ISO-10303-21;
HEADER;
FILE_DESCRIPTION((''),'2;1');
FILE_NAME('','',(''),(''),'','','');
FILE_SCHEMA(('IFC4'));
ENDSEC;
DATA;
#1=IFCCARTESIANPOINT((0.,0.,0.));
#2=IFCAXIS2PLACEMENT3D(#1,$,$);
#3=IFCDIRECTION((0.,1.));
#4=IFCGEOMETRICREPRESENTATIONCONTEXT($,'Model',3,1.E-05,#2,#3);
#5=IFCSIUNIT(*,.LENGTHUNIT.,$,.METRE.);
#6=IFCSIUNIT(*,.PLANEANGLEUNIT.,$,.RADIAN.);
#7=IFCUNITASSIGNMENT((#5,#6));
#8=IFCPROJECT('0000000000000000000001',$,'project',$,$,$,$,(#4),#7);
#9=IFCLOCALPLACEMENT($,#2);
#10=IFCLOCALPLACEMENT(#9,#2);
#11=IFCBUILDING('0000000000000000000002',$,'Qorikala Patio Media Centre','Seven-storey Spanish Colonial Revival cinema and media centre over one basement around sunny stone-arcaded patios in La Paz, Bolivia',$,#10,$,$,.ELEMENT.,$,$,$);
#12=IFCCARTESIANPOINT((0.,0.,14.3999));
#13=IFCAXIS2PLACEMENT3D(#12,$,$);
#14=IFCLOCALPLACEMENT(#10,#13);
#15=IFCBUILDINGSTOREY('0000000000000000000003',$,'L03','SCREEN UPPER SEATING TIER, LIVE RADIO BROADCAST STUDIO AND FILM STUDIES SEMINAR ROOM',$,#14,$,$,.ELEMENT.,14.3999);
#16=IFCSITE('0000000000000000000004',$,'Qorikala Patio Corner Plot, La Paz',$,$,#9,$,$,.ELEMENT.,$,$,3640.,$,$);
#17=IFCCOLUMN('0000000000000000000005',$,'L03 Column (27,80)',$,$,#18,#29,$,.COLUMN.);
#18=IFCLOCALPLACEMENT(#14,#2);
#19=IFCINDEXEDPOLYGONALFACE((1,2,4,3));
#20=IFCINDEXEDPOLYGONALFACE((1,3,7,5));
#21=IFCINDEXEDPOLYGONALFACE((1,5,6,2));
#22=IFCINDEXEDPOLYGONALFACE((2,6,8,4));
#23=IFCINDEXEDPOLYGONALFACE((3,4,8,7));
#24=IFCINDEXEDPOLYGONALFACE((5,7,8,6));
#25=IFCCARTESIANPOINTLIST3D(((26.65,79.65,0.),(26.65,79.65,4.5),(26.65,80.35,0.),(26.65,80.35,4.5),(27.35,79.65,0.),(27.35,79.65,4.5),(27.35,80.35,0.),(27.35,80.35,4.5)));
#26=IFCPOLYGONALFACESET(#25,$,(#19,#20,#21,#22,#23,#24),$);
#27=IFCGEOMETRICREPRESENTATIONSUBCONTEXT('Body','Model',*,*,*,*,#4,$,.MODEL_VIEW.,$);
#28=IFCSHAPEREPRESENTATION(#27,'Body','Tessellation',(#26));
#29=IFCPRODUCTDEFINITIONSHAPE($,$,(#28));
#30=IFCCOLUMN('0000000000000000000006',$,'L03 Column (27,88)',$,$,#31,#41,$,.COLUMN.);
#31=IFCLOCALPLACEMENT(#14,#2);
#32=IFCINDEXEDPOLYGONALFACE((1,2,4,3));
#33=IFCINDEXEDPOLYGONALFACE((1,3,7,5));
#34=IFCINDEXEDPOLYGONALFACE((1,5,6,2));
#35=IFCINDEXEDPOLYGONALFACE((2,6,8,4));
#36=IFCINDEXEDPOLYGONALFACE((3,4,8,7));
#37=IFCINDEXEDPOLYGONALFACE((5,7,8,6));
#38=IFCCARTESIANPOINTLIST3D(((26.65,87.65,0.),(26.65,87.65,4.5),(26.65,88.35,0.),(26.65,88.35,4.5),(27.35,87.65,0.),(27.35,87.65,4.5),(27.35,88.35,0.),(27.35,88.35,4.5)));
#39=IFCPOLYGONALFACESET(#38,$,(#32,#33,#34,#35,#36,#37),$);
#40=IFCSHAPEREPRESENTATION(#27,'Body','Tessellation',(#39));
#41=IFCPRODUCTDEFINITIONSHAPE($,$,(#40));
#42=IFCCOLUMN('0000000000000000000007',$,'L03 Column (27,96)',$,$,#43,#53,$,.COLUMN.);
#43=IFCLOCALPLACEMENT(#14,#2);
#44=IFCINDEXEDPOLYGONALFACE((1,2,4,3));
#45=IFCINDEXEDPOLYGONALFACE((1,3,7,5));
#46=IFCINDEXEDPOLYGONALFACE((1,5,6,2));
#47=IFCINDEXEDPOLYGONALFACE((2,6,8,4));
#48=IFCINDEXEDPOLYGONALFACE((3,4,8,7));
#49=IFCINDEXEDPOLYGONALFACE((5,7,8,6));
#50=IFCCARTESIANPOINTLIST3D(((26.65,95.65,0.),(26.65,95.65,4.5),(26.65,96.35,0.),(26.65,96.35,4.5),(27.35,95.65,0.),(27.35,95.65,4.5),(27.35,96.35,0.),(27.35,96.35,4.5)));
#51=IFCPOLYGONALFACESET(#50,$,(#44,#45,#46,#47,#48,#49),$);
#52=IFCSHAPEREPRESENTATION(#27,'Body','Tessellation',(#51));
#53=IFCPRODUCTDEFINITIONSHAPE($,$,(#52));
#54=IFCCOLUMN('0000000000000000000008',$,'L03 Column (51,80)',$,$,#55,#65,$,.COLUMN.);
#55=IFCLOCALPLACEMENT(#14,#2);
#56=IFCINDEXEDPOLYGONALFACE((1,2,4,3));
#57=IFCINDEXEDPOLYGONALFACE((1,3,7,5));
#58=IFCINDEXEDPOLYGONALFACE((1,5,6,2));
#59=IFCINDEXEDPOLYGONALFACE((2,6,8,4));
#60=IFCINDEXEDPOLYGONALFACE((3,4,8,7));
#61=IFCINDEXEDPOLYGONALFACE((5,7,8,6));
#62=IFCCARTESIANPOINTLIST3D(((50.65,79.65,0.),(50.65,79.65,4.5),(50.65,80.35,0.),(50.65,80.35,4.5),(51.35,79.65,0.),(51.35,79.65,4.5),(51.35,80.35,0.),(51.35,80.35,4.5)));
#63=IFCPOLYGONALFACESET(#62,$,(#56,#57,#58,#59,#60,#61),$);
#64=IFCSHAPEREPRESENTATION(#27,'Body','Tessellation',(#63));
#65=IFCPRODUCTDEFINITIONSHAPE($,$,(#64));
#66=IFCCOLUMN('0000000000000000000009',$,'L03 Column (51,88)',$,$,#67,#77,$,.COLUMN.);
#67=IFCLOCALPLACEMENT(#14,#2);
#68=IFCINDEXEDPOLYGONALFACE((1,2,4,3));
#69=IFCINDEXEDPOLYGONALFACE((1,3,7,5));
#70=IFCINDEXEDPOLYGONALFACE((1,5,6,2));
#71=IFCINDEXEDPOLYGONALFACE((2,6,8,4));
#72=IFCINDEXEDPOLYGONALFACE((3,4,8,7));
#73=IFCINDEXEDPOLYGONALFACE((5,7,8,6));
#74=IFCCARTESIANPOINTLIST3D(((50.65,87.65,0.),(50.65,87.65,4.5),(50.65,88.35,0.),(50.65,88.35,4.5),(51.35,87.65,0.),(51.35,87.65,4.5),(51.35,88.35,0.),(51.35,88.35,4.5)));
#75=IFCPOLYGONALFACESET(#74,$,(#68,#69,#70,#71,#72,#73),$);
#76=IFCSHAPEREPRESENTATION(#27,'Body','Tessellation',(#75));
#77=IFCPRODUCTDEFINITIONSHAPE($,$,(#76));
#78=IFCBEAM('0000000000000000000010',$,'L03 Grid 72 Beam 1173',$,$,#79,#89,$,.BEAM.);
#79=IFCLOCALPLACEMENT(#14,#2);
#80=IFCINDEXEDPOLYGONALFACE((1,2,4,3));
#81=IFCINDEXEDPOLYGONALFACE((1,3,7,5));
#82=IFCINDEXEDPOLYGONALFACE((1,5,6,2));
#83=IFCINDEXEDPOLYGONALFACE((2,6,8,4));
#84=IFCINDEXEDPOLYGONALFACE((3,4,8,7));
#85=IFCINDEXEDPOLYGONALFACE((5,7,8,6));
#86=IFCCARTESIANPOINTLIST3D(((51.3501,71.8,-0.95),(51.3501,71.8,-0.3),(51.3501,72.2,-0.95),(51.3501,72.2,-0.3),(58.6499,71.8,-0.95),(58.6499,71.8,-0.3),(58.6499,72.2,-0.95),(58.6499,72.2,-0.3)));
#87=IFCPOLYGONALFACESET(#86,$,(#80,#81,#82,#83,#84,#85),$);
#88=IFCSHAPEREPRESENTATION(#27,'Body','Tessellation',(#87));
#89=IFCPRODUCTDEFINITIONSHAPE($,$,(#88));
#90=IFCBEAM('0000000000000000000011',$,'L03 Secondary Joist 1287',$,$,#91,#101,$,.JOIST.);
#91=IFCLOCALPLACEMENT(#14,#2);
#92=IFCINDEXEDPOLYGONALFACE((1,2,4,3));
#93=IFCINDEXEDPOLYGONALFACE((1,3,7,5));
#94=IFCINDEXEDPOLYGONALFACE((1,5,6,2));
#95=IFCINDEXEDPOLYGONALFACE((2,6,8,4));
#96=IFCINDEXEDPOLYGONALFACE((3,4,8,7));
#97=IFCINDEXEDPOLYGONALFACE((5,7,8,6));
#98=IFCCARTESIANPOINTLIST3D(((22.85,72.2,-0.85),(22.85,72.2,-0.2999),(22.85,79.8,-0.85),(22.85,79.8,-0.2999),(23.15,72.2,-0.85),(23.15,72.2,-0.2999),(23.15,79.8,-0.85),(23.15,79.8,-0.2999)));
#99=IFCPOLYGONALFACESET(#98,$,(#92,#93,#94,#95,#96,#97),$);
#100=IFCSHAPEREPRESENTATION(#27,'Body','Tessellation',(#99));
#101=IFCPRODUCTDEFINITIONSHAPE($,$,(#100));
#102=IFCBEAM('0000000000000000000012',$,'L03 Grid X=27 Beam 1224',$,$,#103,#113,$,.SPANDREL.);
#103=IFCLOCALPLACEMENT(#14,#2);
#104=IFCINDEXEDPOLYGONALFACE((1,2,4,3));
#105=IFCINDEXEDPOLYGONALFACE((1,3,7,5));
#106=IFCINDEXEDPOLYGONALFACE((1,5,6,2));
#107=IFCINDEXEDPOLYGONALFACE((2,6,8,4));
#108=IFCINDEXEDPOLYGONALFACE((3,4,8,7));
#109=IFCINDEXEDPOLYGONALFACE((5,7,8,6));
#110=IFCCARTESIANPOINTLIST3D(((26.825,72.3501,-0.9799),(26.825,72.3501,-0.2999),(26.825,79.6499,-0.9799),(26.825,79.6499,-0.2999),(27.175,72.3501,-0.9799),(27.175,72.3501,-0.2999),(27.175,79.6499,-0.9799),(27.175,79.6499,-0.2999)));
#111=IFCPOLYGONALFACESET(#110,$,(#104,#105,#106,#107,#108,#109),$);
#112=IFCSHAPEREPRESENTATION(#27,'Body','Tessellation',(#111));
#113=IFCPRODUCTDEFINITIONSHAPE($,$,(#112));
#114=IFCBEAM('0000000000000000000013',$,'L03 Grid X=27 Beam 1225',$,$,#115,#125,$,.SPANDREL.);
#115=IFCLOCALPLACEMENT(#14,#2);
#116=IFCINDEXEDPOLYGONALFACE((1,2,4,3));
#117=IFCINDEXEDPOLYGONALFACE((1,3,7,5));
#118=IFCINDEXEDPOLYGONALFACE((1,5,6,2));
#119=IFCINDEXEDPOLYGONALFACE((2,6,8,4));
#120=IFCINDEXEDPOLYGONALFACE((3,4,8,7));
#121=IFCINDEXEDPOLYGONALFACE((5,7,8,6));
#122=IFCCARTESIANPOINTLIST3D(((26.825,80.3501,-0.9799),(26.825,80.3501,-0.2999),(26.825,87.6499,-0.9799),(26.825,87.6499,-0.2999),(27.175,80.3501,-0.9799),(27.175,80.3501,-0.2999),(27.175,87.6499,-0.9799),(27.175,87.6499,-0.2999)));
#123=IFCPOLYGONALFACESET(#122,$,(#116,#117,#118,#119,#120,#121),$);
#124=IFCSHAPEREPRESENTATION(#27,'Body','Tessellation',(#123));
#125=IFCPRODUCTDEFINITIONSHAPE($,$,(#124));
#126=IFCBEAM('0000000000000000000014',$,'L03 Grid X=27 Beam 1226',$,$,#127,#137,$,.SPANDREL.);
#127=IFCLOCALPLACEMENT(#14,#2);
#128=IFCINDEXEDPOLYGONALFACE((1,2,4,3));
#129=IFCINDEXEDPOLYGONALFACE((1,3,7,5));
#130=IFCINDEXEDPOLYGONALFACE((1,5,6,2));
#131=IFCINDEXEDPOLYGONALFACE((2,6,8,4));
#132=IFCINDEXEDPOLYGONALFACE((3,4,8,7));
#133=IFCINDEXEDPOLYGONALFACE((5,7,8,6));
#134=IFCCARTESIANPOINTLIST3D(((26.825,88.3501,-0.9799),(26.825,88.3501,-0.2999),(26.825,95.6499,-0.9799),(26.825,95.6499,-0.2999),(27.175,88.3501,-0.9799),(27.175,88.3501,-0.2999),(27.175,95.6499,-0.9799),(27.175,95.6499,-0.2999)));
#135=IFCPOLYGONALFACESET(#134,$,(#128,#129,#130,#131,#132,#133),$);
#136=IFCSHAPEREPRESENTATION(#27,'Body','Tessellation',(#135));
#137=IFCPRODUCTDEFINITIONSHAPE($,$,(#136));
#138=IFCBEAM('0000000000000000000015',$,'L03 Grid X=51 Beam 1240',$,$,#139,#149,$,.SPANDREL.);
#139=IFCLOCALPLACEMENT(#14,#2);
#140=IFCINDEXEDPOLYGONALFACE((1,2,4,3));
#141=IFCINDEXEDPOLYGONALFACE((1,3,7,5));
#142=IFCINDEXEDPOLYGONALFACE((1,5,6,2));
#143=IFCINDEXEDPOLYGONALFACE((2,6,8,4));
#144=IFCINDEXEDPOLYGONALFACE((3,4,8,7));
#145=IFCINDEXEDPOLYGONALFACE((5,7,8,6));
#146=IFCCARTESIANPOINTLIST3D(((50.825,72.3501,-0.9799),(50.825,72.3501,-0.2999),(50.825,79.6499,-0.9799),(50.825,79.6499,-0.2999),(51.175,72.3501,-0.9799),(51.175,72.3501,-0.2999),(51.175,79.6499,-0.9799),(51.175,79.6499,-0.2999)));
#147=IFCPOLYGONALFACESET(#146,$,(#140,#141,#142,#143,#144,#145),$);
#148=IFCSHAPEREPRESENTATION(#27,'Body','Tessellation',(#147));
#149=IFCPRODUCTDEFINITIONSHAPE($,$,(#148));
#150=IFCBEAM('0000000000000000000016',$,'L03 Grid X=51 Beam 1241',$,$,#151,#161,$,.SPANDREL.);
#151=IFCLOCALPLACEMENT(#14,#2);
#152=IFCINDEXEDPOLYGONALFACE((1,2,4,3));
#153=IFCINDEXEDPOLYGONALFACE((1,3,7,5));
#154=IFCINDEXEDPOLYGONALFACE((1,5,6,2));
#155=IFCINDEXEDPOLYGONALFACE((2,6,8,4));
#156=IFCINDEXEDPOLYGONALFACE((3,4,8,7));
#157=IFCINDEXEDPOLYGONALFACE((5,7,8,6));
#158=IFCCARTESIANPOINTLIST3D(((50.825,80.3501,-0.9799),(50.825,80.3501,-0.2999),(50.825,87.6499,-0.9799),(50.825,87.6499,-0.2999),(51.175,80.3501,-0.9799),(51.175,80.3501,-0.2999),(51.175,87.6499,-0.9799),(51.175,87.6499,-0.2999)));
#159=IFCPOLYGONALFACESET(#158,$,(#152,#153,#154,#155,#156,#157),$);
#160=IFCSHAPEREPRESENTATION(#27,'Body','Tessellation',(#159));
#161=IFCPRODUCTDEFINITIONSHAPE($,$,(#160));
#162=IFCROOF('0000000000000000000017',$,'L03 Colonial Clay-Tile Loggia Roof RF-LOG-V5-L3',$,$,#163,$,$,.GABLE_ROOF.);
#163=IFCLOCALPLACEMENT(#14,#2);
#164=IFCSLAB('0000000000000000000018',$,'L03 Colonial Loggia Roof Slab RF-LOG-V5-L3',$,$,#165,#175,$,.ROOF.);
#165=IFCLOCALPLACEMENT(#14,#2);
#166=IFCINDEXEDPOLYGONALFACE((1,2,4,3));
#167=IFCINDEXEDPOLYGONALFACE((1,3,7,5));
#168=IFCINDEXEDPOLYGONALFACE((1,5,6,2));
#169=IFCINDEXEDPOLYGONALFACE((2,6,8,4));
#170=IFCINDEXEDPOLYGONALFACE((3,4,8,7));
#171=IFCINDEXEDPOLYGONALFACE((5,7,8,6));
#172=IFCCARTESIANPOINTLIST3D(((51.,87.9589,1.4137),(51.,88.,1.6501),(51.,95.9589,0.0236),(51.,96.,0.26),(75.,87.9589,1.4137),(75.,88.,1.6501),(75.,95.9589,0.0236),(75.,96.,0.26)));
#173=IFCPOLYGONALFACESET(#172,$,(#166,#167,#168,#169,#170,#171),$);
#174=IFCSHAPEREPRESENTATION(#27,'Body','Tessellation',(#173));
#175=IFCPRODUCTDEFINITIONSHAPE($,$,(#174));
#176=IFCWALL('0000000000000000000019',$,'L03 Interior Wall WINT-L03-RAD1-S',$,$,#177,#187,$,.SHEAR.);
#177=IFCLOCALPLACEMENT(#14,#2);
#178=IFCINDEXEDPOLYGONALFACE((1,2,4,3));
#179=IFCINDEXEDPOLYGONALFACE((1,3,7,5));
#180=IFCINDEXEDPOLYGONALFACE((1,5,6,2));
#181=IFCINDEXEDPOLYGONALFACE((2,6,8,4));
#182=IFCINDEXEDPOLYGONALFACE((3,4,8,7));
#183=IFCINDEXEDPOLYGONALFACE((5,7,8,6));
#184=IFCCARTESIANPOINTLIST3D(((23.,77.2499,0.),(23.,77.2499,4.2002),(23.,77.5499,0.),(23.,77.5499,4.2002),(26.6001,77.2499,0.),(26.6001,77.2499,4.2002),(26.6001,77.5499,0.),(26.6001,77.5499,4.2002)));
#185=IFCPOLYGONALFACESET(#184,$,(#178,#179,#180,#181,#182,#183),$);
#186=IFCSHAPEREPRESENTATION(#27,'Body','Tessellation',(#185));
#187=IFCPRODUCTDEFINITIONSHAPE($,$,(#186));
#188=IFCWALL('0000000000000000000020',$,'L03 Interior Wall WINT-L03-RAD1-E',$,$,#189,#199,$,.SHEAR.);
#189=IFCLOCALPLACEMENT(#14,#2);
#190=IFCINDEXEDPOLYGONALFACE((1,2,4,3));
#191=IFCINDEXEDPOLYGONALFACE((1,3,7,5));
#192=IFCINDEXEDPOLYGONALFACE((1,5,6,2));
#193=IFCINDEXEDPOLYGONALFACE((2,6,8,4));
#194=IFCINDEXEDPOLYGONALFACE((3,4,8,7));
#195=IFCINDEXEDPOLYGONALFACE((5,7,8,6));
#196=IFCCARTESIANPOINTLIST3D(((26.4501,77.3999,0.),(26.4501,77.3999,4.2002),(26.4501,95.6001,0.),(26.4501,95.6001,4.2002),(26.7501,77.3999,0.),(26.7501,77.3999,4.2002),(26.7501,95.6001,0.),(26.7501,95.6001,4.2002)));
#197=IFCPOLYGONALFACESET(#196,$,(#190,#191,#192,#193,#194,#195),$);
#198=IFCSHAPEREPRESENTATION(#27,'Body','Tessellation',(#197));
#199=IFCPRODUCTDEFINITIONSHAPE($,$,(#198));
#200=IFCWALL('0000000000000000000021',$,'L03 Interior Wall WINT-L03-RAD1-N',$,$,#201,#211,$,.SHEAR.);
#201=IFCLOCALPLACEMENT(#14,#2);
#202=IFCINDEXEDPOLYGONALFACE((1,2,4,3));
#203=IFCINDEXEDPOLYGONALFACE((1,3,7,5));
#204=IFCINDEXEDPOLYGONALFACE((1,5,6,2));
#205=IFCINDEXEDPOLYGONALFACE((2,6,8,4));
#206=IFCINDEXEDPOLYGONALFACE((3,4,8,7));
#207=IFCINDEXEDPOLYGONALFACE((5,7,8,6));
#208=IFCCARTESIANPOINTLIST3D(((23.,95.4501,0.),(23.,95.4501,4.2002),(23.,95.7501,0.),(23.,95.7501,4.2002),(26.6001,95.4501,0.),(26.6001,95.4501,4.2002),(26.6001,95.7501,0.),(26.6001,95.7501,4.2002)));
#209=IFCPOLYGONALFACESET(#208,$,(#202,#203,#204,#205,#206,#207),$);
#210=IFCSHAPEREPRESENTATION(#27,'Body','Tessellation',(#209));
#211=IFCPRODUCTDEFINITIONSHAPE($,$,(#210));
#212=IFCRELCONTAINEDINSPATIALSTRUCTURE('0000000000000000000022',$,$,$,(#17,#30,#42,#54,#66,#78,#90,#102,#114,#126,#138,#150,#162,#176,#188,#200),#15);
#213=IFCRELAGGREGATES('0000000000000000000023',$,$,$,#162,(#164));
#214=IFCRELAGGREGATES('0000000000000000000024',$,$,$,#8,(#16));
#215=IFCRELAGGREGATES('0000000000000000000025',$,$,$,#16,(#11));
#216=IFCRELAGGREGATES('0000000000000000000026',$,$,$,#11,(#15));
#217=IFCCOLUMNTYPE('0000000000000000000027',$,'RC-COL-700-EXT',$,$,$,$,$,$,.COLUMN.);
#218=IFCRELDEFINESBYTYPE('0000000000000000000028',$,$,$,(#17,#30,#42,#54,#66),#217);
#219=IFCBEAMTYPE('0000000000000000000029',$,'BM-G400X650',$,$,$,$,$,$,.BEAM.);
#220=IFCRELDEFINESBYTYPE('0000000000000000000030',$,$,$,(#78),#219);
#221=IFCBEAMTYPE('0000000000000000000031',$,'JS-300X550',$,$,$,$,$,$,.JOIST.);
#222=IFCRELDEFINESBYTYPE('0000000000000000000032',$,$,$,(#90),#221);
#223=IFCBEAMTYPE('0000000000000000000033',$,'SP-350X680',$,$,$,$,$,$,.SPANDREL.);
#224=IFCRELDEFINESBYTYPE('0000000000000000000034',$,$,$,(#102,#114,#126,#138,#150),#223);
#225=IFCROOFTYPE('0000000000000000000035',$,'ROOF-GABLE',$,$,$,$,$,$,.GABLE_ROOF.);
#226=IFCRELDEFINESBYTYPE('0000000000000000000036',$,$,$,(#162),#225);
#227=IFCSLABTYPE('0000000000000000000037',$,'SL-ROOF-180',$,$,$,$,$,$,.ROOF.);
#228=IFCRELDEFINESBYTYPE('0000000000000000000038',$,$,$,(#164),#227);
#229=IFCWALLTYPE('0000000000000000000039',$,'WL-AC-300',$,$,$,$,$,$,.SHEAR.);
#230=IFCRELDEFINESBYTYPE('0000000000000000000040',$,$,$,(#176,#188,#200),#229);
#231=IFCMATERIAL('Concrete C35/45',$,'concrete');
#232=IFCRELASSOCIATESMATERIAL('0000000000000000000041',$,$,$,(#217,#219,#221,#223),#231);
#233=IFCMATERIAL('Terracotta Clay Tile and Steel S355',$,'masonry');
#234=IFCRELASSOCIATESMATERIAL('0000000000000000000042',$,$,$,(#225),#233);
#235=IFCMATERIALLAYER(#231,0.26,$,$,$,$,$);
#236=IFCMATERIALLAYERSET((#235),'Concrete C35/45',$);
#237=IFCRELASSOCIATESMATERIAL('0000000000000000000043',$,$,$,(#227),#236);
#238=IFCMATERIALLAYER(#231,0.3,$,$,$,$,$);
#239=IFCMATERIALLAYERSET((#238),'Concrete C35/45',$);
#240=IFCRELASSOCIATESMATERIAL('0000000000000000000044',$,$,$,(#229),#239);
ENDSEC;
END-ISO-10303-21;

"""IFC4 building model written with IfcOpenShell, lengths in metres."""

from ifc_helpers import new_model, si_unit, direction, frame, frame_2d, origin, origin_2d, place, context, subcontext, project, spatial, polyline, rectangle, outline, extrude, material, layer, layer_set, material_profile, profile_set, type_object, element, aggregate, save


model = new_model("IFC4")

# Units and contexts
model_context = context("Model", 3, precision=1e-05, world=origin(), true_north=direction((0.0, 1.0)))
body_context = subcontext(model_context, "Body", "Model", "MODEL_VIEW")
ifc_project = project(units=[si_unit("LENGTHUNIT", "METRE"), si_unit("PLANEANGLEUNIT", "RADIAN")], contexts=[model_context])

# Site, building, storey
site_placement = place(None, origin())
site = spatial("IfcSite", under=ifc_project, at=site_placement, Name="Qorikala Patio Corner Plot, La Paz", CompositionType="ELEMENT", RefElevation=3640.0)
building_placement = place(site_placement, origin())
building = spatial("IfcBuilding", under=site, at=building_placement, Name="Qorikala Patio Media Centre", Description="Seven-storey Spanish Colonial Revival cinema and media centre over one basement around sunny stone-arcaded patios in La Paz, Bolivia", CompositionType="ELEMENT")
storey_placement = place(building_placement, frame((0.0, 0.0, 14.3999)))
storey = spatial("IfcBuildingStorey", under=building, at=storey_placement, Name="L03", Description="SCREEN UPPER SEATING TIER, LIVE RADIO BROADCAST STUDIO AND FILM STUDIES SEMINAR ROOM", CompositionType="ELEMENT", Elevation=14.3999)

# Columns
ifc_material_1 = material(Name="Concrete C35/45", Category="concrete")
ifc_material_profile_1 = material_profile(ifc_material_1, rectangle(XDim=0.7, YDim=0.7, at=origin_2d()), Name="RC 700x700")
ifc_profile_set_1 = profile_set([ifc_material_profile_1], Name="Concrete C35/45")
column_type = type_object("IfcColumnType", Name="RC-COL-700-EXT", PredefinedType="COLUMN", material=ifc_profile_set_1)
for number, where, z_axis, x_axis, name in (
    (1, (27.0, 80.0, 0.0), (0.0, 0.0, 1.0), (1.0, 0.0, 0.0), "L03 Column (27,80)"),
    (2, (27.0, 88.0, 0.0), (0.0, 0.0, 1.0), (1.0, 0.0, 0.0), "L03 Column (27,88)"),
    (3, (27.0, 96.0, 0.0), (0.0, 0.0, 1.0), (1.0, 0.0, 0.0), "L03 Column (27,96)"),
    (4, (51.0, 80.0, 0.0), (0.0, 0.0, 1.0), (1.0, 0.0, 0.0), "L03 Column (51,80)"),
    (5, (51.0, 88.0, 0.0), (0.0, 0.0, 1.0), (1.0, 0.0, 0.0), "L03 Column (51,88)"),
):
    element("IfcColumn", number, at=place(storey_placement, frame(where, z_axis=z_axis, x_axis=x_axis)), inside=storey, type_object=column_type, Name=name, PredefinedType="COLUMN", context=body_context, shape_type="SweptSolid", body=[
        extrude(rectangle(XDim=0.7, YDim=0.7, at=origin_2d()), origin(), (0.0, 0.0, 1.0), 4.5),
    ])

# Beams
ifc_material_profile_2 = material_profile(ifc_material_1, rectangle(XDim=0.3999, YDim=0.6499, at=origin_2d()), Name="RC 400x650")
ifc_profile_set_2 = profile_set([ifc_material_profile_2], Name="Concrete C35/45")
beam_type_1 = type_object("IfcBeamType", Name="BM-G400X650", PredefinedType="BEAM", material=ifc_profile_set_2)
beam_1_placement = place(storey_placement, frame((51.3501, 72.0, -0.625), z_axis=(1.0, 0.0, 0.0), x_axis=(0.0, 1.0, 0.0)))
element("IfcBeam", 6, at=beam_1_placement, inside=storey, type_object=beam_type_1, Name="L03 Grid 72 Beam 1173", PredefinedType="BEAM", context=body_context, shape_type="SweptSolid", body=[
    extrude(rectangle(XDim=0.3999, YDim=0.6499, at=origin_2d()), origin(), (0.0, 0.0, 1.0), 7.2998),
])
ifc_material_profile_3 = material_profile(ifc_material_1, rectangle(XDim=0.3, YDim=0.55, at=origin_2d()), Name="RC 300x550")
ifc_profile_set_3 = profile_set([ifc_material_profile_3], Name="Concrete C35/45")
beam_type_2 = type_object("IfcBeamType", Name="JS-300X550", PredefinedType="JOIST", material=ifc_profile_set_3)
beam_2_placement = place(storey_placement, frame((23.0, 72.2, -0.575), z_axis=(0.0, 1.0, 0.0), x_axis=(-1.0, 0.0, 0.0)))
element("IfcBeam", 7, at=beam_2_placement, inside=storey, type_object=beam_type_2, Name="L03 Secondary Joist 1287", PredefinedType="JOIST", context=body_context, shape_type="SweptSolid", body=[
    extrude(rectangle(XDim=0.3, YDim=0.55, at=origin_2d()), origin(), (0.0, 0.0, 1.0), 7.6001),
])
ifc_material_profile_4 = material_profile(ifc_material_1, rectangle(XDim=0.3501, YDim=0.6799, at=origin_2d()), Name="RC 350x680")
ifc_profile_set_4 = profile_set([ifc_material_profile_4], Name="Concrete C35/45")
beam_type_3 = type_object("IfcBeamType", Name="SP-350X680", PredefinedType="SPANDREL", material=ifc_profile_set_4)
for number, where, z_axis, x_axis, name in (
    (8, (27.0, 72.3501, -0.6399), (0.0, 1.0, 0.0), (-1.0, 0.0, 0.0), "L03 Grid X=27 Beam 1224"),
    (9, (27.0, 80.3501, -0.6399), (0.0, 1.0, 0.0), (-1.0, 0.0, 0.0), "L03 Grid X=27 Beam 1225"),
    (10, (27.0, 88.3501, -0.6399), (0.0, 1.0, 0.0), (-1.0, 0.0, 0.0), "L03 Grid X=27 Beam 1226"),
    (11, (51.0, 72.3501, -0.6399), (0.0, 1.0, 0.0), (-1.0, 0.0, 0.0), "L03 Grid X=51 Beam 1240"),
    (12, (51.0, 80.3501, -0.6399), (0.0, 1.0, 0.0), (-1.0, 0.0, 0.0), "L03 Grid X=51 Beam 1241"),
):
    element("IfcBeam", number, at=place(storey_placement, frame(where, z_axis=z_axis, x_axis=x_axis)), inside=storey, type_object=beam_type_3, Name=name, PredefinedType="SPANDREL", context=body_context, shape_type="SweptSolid", body=[
        extrude(rectangle(XDim=0.3501, YDim=0.6799, at=origin_2d()), origin(), (0.0, 0.0, 1.0), 7.2998),
    ])

# Roof, slab
ifc_material_2 = material(Name="Terracotta Clay Tile and Steel S355", Category="masonry")
roof_type = type_object("IfcRoofType", Name="ROOF-GABLE", PredefinedType="GABLE_ROOF", material=ifc_material_2)
roof_placement = place(storey_placement, origin())
roof = element("IfcRoof", 13, at=roof_placement, inside=storey, type_object=roof_type, Name="L03 Colonial Clay-Tile Loggia Roof RF-LOG-V5-L3", PredefinedType="GABLE_ROOF")
ifc_layer_1 = layer(ifc_material_1, 0.26)
ifc_layer_set_1 = layer_set([ifc_layer_1], Name="Concrete C35/45")
slab_type = type_object("IfcSlabType", Name="SL-ROOF-180", PredefinedType="ROOF", material=ifc_layer_set_1)
slab_placement = place(storey_placement, frame((51.0, 96.0, 0.26), z_axis=(0.0, 0.171202, 0.985236), x_axis=(1.0, 0.0, 0.0)))
slab = element("IfcSlab", 14, at=slab_placement, type_object=slab_type, Name="L03 Colonial Loggia Roof Slab RF-LOG-V5-L3", PredefinedType="ROOF", context=body_context, shape_type="SweptSolid", body=[
    extrude(outline(polyline([(0.0, 0.0), (24.0, 0.0), (24.0, -8.1199), (0.0, -8.1199), (0.0, 0.0)])), origin(), (0.0, 0.0, -1.0), 0.24),
])
aggregate(roof, [slab])

# Walls
ifc_layer_2 = layer(ifc_material_1, 0.3)
ifc_layer_set_2 = layer_set([ifc_layer_2], Name="Concrete C35/45")
wall_type_1 = type_object("IfcWallType", Name="WL-AC-300", PredefinedType="SHEAR", material=ifc_layer_set_2)
wall_1_placement = place(storey_placement, frame((23.0, 77.3999, 0.0), z_axis=(0.0, 0.0, 1.0), x_axis=(1.0, 0.0, 0.0)))
element("IfcWall", 15, at=wall_1_placement, inside=storey, type_object=wall_type_1, Name="L03 Interior Wall WINT-L03-RAD1-S", PredefinedType="SHEAR", context=body_context, shape_type="SweptSolid", body=[
    extrude(rectangle(XDim=3.6001, YDim=0.3, at=frame_2d((1.8, 0.0))), origin(), (0.0, 0.0, 1.0), 4.2002),
])
wall_2_placement = place(storey_placement, frame((26.6001, 77.3999, 0.0), z_axis=(0.0, 0.0, 1.0), x_axis=(0.0, 1.0, 0.0)))
element("IfcWall", 16, at=wall_2_placement, inside=storey, type_object=wall_type_1, Name="L03 Interior Wall WINT-L03-RAD1-E", PredefinedType="SHEAR", context=body_context, shape_type="SweptSolid", body=[
    extrude(rectangle(XDim=18.2002, YDim=0.3, at=frame_2d((9.1001, 0.0))), origin(), (0.0, 0.0, 1.0), 4.2002),
])
wall_3_placement = place(storey_placement, frame((23.0, 95.6001, 0.0), z_axis=(0.0, 0.0, 1.0), x_axis=(1.0, 0.0, 0.0)))
element("IfcWall", 17, at=wall_3_placement, inside=storey, type_object=wall_type_1, Name="L03 Interior Wall WINT-L03-RAD1-N", PredefinedType="SHEAR", context=body_context, shape_type="SweptSolid", body=[
    extrude(rectangle(XDim=3.6001, YDim=0.3, at=frame_2d((1.8, 0.0))), origin(), (0.0, 0.0, 1.0), 4.2002),
])

save(model, "model.ifc")
